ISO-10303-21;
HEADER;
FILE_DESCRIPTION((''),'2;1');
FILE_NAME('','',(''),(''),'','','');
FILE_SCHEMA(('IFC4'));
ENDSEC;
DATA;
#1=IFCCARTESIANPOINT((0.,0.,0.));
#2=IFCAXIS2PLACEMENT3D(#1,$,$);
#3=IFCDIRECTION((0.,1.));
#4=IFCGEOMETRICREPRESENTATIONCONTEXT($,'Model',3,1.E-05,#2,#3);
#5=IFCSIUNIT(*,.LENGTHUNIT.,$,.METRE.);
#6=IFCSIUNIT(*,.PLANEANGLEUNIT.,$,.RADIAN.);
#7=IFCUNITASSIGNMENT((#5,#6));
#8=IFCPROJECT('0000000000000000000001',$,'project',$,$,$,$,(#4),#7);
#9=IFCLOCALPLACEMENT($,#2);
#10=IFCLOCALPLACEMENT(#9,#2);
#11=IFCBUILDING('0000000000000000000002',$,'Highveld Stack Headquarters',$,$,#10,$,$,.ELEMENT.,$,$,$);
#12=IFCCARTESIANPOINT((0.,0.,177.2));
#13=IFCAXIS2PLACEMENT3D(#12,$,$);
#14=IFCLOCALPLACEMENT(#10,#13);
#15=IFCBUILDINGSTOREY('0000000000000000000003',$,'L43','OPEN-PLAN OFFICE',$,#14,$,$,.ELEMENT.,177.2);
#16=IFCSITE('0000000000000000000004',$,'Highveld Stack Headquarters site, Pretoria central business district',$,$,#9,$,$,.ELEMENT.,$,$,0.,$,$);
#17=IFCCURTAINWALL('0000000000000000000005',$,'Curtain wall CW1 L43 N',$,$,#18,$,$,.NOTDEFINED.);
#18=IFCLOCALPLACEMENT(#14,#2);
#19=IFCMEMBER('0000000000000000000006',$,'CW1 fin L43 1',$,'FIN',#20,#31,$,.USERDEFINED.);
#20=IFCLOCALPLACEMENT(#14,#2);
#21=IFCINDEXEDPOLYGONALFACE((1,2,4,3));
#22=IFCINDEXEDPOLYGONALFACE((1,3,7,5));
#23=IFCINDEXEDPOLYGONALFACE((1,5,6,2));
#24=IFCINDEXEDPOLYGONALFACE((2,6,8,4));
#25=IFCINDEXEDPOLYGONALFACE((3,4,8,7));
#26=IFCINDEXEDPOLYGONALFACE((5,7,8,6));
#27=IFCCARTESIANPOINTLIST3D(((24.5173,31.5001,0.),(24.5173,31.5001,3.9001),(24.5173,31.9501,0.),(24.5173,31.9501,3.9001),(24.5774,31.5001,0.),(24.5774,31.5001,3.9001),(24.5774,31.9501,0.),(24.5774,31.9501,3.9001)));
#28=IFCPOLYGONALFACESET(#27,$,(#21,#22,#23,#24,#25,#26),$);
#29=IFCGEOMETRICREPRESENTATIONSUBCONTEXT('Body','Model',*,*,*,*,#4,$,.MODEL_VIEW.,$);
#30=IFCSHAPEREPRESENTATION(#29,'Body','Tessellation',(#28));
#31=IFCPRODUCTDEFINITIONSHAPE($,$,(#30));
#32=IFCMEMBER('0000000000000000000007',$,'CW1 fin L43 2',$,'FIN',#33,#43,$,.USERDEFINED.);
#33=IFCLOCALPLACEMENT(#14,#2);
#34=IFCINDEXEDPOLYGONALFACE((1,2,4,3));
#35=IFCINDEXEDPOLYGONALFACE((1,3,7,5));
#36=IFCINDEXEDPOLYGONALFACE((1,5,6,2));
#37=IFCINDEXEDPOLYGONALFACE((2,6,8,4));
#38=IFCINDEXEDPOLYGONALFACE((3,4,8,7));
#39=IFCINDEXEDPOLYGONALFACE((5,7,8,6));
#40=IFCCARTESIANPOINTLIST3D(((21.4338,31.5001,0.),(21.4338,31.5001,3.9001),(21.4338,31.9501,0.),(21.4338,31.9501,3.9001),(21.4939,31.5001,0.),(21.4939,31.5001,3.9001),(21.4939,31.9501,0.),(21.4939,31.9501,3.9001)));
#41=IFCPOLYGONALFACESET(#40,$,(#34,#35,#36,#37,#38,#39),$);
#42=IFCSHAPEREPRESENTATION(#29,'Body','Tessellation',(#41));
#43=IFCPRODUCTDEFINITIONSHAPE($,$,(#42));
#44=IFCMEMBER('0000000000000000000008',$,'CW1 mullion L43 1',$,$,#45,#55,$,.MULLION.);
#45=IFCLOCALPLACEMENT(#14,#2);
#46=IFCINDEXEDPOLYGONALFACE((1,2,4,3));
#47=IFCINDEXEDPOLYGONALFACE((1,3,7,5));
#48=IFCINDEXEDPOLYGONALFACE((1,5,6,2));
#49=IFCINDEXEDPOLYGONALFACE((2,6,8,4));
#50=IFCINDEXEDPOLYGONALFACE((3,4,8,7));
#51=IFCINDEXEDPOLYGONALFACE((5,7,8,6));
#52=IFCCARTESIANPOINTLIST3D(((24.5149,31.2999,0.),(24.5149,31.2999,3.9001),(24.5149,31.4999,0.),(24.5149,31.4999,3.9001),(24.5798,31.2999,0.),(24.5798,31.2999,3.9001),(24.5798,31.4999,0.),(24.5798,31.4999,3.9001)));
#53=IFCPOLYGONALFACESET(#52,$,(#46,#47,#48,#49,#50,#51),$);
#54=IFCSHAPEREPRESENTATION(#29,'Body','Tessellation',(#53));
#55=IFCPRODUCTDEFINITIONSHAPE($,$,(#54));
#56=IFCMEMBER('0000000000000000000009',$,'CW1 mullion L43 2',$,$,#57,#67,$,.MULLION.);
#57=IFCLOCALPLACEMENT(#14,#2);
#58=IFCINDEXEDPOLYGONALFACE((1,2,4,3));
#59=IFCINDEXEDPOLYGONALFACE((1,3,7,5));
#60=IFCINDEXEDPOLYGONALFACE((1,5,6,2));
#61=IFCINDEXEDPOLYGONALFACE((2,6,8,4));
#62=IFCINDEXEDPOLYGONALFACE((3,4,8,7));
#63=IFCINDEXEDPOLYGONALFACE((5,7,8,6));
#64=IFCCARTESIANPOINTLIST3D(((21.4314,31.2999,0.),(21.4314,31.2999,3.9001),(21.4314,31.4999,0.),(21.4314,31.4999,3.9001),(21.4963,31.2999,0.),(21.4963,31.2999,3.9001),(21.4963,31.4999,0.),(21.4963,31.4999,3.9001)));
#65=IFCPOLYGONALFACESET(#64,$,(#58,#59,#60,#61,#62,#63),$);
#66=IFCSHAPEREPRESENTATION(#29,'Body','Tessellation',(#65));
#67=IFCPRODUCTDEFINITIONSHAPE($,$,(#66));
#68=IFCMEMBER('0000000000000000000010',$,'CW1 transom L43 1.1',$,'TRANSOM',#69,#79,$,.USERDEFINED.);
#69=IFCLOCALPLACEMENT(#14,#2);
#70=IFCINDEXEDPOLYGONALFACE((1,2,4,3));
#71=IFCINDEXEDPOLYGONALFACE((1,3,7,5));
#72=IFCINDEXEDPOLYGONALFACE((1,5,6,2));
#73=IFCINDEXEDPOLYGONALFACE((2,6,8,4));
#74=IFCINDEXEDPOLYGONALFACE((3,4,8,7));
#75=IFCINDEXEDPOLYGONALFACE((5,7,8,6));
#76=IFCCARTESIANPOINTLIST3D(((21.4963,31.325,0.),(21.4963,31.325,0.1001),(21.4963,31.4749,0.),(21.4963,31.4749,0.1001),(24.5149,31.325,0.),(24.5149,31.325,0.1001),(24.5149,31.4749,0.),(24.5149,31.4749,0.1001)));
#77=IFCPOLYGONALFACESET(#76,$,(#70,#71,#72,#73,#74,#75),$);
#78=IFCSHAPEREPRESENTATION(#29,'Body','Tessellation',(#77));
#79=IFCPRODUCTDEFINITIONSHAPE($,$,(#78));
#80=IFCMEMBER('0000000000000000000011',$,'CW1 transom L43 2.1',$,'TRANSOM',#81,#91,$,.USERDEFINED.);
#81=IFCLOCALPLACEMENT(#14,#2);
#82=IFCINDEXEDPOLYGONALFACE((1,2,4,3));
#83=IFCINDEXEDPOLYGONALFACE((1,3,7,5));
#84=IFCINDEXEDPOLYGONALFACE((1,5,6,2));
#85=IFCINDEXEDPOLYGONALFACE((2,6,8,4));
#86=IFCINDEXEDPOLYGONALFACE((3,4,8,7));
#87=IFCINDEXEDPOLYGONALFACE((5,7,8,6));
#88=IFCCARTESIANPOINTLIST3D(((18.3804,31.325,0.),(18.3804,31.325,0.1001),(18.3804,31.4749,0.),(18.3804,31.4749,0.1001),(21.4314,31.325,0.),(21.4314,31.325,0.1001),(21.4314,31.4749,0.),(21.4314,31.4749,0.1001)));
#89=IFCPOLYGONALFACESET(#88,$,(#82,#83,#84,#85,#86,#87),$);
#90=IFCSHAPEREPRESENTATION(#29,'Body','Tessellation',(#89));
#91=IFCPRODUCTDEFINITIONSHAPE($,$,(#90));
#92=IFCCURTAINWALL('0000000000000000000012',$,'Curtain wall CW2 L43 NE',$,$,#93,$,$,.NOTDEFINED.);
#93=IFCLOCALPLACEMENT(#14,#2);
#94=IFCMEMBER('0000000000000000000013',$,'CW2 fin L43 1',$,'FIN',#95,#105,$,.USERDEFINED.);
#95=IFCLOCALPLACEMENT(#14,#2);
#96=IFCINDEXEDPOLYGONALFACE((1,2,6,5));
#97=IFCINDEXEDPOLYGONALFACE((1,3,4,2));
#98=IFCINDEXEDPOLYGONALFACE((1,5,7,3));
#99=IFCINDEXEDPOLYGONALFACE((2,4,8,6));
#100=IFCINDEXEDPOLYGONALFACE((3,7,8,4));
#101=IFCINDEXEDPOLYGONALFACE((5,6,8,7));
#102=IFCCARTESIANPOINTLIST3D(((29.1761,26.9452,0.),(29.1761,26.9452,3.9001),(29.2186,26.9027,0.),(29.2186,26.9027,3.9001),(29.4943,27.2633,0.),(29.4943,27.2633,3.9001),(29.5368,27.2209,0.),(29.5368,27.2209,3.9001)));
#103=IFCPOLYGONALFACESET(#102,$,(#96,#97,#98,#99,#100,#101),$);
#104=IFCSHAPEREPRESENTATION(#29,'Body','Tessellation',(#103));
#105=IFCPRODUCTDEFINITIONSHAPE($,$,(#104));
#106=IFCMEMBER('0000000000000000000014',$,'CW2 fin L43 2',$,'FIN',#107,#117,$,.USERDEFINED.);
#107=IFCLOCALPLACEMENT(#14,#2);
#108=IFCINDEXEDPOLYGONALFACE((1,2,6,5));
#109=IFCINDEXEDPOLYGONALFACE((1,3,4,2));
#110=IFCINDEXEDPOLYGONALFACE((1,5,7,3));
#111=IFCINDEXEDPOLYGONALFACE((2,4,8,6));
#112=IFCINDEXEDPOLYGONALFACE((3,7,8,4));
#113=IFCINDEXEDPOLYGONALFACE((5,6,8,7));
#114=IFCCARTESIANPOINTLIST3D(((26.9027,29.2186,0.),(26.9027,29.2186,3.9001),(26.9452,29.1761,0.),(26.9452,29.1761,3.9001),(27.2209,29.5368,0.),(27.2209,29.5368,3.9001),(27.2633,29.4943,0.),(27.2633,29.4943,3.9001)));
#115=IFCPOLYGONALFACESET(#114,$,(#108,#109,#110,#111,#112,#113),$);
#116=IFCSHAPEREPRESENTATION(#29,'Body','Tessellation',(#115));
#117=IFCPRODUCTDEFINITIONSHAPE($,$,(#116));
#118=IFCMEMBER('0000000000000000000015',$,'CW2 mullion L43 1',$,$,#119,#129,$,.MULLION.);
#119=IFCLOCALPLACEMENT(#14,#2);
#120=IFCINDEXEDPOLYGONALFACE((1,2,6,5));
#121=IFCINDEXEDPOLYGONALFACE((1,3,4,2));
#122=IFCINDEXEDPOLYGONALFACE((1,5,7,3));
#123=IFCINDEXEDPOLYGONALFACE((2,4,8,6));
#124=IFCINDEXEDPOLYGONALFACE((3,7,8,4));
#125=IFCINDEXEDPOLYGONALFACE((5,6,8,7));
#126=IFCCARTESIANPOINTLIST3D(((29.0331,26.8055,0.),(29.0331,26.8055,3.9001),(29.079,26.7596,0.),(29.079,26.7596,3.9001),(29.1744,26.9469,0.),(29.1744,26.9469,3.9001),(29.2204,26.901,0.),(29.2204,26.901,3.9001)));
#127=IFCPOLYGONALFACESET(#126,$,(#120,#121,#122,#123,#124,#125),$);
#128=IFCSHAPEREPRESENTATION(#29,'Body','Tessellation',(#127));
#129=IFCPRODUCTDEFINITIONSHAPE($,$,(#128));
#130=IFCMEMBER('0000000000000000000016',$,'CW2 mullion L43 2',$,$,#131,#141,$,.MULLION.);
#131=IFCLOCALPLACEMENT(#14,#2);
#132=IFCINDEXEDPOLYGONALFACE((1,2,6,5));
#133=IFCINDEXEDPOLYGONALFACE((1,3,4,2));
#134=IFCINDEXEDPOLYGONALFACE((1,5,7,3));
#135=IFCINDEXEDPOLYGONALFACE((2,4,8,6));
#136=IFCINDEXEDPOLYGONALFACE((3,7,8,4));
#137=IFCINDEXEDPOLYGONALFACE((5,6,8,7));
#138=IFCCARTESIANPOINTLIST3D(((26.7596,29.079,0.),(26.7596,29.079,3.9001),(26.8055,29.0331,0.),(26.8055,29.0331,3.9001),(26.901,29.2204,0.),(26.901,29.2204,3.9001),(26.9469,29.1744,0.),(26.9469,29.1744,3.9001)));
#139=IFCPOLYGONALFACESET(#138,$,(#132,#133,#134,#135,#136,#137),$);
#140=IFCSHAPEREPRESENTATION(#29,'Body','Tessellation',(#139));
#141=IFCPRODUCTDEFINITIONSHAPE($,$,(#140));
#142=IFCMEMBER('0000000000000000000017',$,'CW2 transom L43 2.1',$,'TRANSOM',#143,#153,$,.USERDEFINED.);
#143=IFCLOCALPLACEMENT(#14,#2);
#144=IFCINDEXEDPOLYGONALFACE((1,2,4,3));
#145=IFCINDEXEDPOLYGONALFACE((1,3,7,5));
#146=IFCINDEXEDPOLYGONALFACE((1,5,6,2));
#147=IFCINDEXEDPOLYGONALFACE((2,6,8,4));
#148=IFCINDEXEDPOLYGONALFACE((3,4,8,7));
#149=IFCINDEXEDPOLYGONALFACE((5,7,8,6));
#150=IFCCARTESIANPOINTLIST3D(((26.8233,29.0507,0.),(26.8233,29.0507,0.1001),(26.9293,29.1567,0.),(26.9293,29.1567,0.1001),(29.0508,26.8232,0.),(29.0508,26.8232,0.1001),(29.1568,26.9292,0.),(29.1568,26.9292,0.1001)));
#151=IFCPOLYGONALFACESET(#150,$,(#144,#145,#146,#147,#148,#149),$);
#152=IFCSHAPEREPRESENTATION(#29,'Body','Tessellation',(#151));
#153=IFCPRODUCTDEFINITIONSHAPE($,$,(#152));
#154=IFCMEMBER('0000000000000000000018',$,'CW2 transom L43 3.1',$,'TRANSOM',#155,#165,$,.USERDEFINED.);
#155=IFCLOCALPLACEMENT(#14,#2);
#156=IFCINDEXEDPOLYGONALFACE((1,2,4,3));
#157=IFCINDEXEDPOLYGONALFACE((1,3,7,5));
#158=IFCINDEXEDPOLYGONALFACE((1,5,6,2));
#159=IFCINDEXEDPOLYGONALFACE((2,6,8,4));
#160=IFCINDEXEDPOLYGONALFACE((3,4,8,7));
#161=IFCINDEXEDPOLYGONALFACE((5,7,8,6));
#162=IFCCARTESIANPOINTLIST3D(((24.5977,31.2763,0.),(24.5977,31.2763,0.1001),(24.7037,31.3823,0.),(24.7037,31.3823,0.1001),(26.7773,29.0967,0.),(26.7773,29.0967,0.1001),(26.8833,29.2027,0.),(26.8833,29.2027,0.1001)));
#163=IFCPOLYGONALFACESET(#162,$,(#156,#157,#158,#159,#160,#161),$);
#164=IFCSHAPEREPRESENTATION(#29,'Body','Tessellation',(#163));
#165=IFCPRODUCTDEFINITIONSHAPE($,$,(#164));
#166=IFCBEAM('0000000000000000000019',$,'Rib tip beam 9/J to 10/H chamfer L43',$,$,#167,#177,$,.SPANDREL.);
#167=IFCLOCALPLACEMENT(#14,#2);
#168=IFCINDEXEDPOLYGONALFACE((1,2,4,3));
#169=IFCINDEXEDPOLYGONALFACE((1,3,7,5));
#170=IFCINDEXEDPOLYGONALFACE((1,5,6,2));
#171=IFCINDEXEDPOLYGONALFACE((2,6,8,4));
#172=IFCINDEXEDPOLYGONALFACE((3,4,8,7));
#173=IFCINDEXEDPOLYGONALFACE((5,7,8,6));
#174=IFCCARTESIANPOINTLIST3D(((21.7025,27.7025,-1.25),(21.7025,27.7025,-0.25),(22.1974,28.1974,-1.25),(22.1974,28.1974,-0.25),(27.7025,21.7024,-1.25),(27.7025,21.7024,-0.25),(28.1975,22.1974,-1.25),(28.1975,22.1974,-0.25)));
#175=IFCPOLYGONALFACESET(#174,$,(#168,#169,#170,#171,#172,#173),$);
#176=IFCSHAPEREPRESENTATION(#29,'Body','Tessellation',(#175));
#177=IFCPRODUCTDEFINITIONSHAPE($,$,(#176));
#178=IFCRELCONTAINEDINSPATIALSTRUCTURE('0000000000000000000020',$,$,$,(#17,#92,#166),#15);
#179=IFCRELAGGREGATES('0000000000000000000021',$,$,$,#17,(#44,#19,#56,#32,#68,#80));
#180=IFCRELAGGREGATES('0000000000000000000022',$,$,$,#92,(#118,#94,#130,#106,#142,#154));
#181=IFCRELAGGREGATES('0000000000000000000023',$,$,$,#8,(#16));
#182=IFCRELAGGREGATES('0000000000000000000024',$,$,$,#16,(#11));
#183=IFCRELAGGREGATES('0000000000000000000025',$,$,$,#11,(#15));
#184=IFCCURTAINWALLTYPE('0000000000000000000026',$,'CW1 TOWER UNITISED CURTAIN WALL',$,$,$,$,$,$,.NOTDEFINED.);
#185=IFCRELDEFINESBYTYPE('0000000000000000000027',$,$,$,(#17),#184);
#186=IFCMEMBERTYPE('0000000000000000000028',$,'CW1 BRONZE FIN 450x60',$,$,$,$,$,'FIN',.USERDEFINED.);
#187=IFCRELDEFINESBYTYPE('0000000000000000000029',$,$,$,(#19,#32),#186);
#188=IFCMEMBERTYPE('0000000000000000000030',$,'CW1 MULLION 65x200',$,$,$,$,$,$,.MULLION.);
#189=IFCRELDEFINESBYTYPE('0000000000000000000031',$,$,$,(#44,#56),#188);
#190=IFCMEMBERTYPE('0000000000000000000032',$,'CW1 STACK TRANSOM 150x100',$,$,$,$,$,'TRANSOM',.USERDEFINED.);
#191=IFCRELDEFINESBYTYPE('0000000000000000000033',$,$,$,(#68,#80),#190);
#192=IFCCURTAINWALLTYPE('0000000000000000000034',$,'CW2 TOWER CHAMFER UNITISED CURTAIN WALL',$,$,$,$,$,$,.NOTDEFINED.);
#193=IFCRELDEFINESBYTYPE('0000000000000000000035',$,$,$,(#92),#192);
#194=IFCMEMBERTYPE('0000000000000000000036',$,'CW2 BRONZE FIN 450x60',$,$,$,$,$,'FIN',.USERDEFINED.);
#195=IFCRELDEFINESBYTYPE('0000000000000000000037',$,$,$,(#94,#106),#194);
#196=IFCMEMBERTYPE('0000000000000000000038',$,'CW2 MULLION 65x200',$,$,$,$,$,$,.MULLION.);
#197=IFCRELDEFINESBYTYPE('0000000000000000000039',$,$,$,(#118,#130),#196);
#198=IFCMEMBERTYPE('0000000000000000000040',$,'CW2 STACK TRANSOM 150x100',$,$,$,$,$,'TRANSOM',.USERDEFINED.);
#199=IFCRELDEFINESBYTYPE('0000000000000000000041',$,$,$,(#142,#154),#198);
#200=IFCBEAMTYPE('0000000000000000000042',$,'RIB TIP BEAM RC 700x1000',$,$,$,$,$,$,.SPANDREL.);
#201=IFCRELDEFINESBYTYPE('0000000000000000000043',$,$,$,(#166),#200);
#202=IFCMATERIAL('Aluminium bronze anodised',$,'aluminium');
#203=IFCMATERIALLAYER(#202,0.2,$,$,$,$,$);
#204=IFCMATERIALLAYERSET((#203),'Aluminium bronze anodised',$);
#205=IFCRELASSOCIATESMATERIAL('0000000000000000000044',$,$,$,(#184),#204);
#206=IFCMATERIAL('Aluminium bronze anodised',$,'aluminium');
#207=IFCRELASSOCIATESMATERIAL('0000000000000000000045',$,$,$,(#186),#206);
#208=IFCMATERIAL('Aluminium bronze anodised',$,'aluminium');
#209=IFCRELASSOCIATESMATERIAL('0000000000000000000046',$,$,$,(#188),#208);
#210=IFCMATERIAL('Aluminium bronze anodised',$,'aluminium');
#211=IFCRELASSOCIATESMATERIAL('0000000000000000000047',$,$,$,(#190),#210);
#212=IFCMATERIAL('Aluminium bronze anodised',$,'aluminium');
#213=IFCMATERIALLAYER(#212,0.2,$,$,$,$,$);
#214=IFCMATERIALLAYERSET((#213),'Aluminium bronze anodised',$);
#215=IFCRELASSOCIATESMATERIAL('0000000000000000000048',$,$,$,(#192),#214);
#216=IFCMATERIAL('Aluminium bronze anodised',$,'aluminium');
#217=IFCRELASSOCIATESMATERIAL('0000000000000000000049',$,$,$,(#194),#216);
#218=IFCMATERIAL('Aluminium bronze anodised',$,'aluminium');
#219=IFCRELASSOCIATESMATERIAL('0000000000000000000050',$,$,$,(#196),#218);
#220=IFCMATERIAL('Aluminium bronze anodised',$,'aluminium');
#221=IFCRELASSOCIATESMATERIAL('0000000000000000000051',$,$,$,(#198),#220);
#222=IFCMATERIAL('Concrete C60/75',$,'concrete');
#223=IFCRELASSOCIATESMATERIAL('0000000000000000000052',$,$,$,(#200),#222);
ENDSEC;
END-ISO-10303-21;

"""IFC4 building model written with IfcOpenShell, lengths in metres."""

from ifc_helpers import new_model, si_unit, direction, frame, origin, origin_2d, place, context, subcontext, project, spatial, rectangle, extrude, material, layer, layer_set, material_profile, profile_set, type_object, element, aggregate, save


model = new_model("IFC4")

# Units and contexts
model_context = context("Model", 3, precision=1e-05, world=origin(), true_north=direction((0.0, 1.0)))
body_context = subcontext(model_context, "Body", "Model", "MODEL_VIEW")
ifc_project = project(units=[si_unit("LENGTHUNIT", "METRE"), si_unit("PLANEANGLEUNIT", "RADIAN")], contexts=[model_context])

# Site, building, storey
site_placement = place(None, origin())
site = spatial("IfcSite", under=ifc_project, at=site_placement, Name="Highveld Stack Headquarters site, Pretoria central business district", CompositionType="ELEMENT", RefElevation=0.0)
building_placement = place(site_placement, origin())
building = spatial("IfcBuilding", under=site, at=building_placement, Name="Highveld Stack Headquarters", CompositionType="ELEMENT")
storey_placement = place(building_placement, frame((0.0, 0.0, 177.2)))
storey = spatial("IfcBuildingStorey", under=building, at=storey_placement, Name="L43", Description="OPEN-PLAN OFFICE", CompositionType="ELEMENT", Elevation=177.2)

# Curtain walls, members
ifc_material_1 = material(Name="Aluminium bronze anodised", Category="aluminium")
ifc_layer_1 = layer(ifc_material_1, 0.2)
ifc_layer_set_1 = layer_set([ifc_layer_1], Name="Aluminium bronze anodised")
curtain_wall_type_1 = type_object("IfcCurtainWallType", Name="CW1 TOWER UNITISED CURTAIN WALL", PredefinedType="NOTDEFINED", material=ifc_layer_set_1)
curtain_wall_1_placement = place(storey_placement, origin())
curtain_wall_1 = element("IfcCurtainWall", 1, at=curtain_wall_1_placement, inside=storey, type_object=curtain_wall_type_1, Name="Curtain wall CW1 L43 N", PredefinedType="NOTDEFINED")
ifc_material_2 = material(Name="Aluminium bronze anodised", Category="aluminium")
ifc_material_profile_1 = material_profile(ifc_material_2, rectangle(XDim=0.45, YDim=0.0601, at=origin_2d()), Name="FIN 450x60")
ifc_profile_set_1 = profile_set([ifc_material_profile_1], Name="Aluminium bronze anodised")
member_type_1 = type_object("IfcMemberType", Name="CW1 BRONZE FIN 450x60", ElementType="FIN", PredefinedType="USERDEFINED", material=ifc_profile_set_1)
member_1_placement = place(storey_placement, frame((24.5474, 31.7251, 0.0), z_axis=(0.0, 0.0, 1.0), x_axis=(0.0, -1.0, 0.0)))
member_1 = element("IfcMember", 2, at=member_1_placement, type_object=member_type_1, Name="CW1 fin L43 1", ObjectType="FIN", PredefinedType="USERDEFINED", context=body_context, shape_type="SweptSolid", body=[
    extrude(rectangle(XDim=0.45, YDim=0.0601, at=origin_2d()), origin(), (0.0, 0.0, 1.0), 3.9001),
])
member_2_placement = place(storey_placement, frame((21.4639, 31.7251, 0.0), z_axis=(0.0, 0.0, 1.0), x_axis=(0.0, -1.0, 0.0)))
member_2 = element("IfcMember", 3, at=member_2_placement, type_object=member_type_1, Name="CW1 fin L43 2", ObjectType="FIN", PredefinedType="USERDEFINED", context=body_context, shape_type="SweptSolid", body=[
    extrude(rectangle(XDim=0.45, YDim=0.0601, at=origin_2d()), origin(), (0.0, 0.0, 1.0), 3.9001),
])
ifc_material_3 = material(Name="Aluminium bronze anodised", Category="aluminium")
ifc_material_profile_2 = material_profile(ifc_material_3, rectangle(XDim=0.2, YDim=0.0649, at=origin_2d()), Name="CW1 MULLION 65x200")
ifc_profile_set_2 = profile_set([ifc_material_profile_2], Name="Aluminium bronze anodised")
member_type_2 = type_object("IfcMemberType", Name="CW1 MULLION 65x200", PredefinedType="MULLION", material=ifc_profile_set_2)
member_3_placement = place(storey_placement, frame((24.5474, 31.3999, 0.0), z_axis=(0.0, 0.0, 1.0), x_axis=(0.0, -1.0, 0.0)))
member_3 = element("IfcMember", 4, at=member_3_placement, type_object=member_type_2, Name="CW1 mullion L43 1", PredefinedType="MULLION", context=body_context, shape_type="SweptSolid", body=[
    extrude(rectangle(XDim=0.2, YDim=0.0649, at=origin_2d()), origin(), (0.0, 0.0, 1.0), 3.9001),
])
member_4_placement = place(storey_placement, frame((21.4639, 31.3999, 0.0), z_axis=(0.0, 0.0, 1.0), x_axis=(0.0, -1.0, 0.0)))
member_4 = element("IfcMember", 5, at=member_4_placement, type_object=member_type_2, Name="CW1 mullion L43 2", PredefinedType="MULLION", context=body_context, shape_type="SweptSolid", body=[
    extrude(rectangle(XDim=0.2, YDim=0.0649, at=origin_2d()), origin(), (0.0, 0.0, 1.0), 3.9001),
])
ifc_material_4 = material(Name="Aluminium bronze anodised", Category="aluminium")
ifc_material_profile_3 = material_profile(ifc_material_4, rectangle(XDim=0.1499, YDim=0.1001, at=origin_2d()), Name="CW1 TRANSOM 150x100")
ifc_profile_set_3 = profile_set([ifc_material_profile_3], Name="Aluminium bronze anodised")
member_type_3 = type_object("IfcMemberType", Name="CW1 STACK TRANSOM 150x100", ElementType="TRANSOM", PredefinedType="USERDEFINED", material=ifc_profile_set_3)
member_5_placement = place(storey_placement, frame((24.5149, 31.3999, 0.05), z_axis=(-1.0, 0.0, 0.0), x_axis=(0.0, -1.0, 0.0)))
member_5 = element("IfcMember", 6, at=member_5_placement, type_object=member_type_3, Name="CW1 transom L43 1.1", ObjectType="TRANSOM", PredefinedType="USERDEFINED", context=body_context, shape_type="SweptSolid", body=[
    extrude(rectangle(XDim=0.1499, YDim=0.1001, at=origin_2d()), origin(), (0.0, 0.0, 1.0), 3.0186),
])
member_6_placement = place(storey_placement, frame((21.4314, 31.3999, 0.05), z_axis=(-1.0, 0.0, 0.0), x_axis=(0.0, -1.0, 0.0)))
member_6 = element("IfcMember", 7, at=member_6_placement, type_object=member_type_3, Name="CW1 transom L43 2.1", ObjectType="TRANSOM", PredefinedType="USERDEFINED", context=body_context, shape_type="SweptSolid", body=[
    extrude(rectangle(XDim=0.1499, YDim=0.1001, at=origin_2d()), origin(), (0.0, 0.0, 1.0), 3.051),
])
ifc_material_5 = material(Name="Aluminium bronze anodised", Category="aluminium")
ifc_layer_2 = layer(ifc_material_5, 0.2)
ifc_layer_set_2 = layer_set([ifc_layer_2], Name="Aluminium bronze anodised")
curtain_wall_type_2 = type_object("IfcCurtainWallType", Name="CW2 TOWER CHAMFER UNITISED CURTAIN WALL", PredefinedType="NOTDEFINED", material=ifc_layer_set_2)
curtain_wall_2_placement = place(storey_placement, origin())
curtain_wall_2 = element("IfcCurtainWall", 8, at=curtain_wall_2_placement, inside=storey, type_object=curtain_wall_type_2, Name="Curtain wall CW2 L43 NE", PredefinedType="NOTDEFINED")
ifc_material_6 = material(Name="Aluminium bronze anodised", Category="aluminium")
ifc_material_profile_4 = material_profile(ifc_material_6, rectangle(XDim=0.45, YDim=0.0601, at=origin_2d()), Name="FIN 450x60")
ifc_profile_set_4 = profile_set([ifc_material_profile_4], Name="Aluminium bronze anodised")
member_type_4 = type_object("IfcMemberType", Name="CW2 BRONZE FIN 450x60", ElementType="FIN", PredefinedType="USERDEFINED", material=ifc_profile_set_4)
member_7_placement = place(storey_placement, frame((29.3564, 27.083, 0.0), z_axis=(0.0, 0.0, 1.0), x_axis=(-0.707107, -0.707107, 0.0)))
member_7 = element("IfcMember", 9, at=member_7_placement, type_object=member_type_4, Name="CW2 fin L43 1", ObjectType="FIN", PredefinedType="USERDEFINED", context=body_context, shape_type="SweptSolid", body=[
    extrude(rectangle(XDim=0.45, YDim=0.0601, at=origin_2d()), origin(), (0.0, 0.0, 1.0), 3.9001),
])
member_8_placement = place(storey_placement, frame((27.083, 29.3564, 0.0), z_axis=(0.0, 0.0, 1.0), x_axis=(-0.707107, -0.707107, 0.0)))
member_8 = element("IfcMember", 10, at=member_8_placement, type_object=member_type_4, Name="CW2 fin L43 2", ObjectType="FIN", PredefinedType="USERDEFINED", context=body_context, shape_type="SweptSolid", body=[
    extrude(rectangle(XDim=0.45, YDim=0.0601, at=origin_2d()), origin(), (0.0, 0.0, 1.0), 3.9001),
])
ifc_material_7 = material(Name="Aluminium bronze anodised", Category="aluminium")
ifc_material_profile_5 = material_profile(ifc_material_7, rectangle(XDim=0.2, YDim=0.0649, at=origin_2d()), Name="CW2 MULLION 65x200")
ifc_profile_set_5 = profile_set([ifc_material_profile_5], Name="Aluminium bronze anodised")
member_type_5 = type_object("IfcMemberType", Name="CW2 MULLION 65x200", PredefinedType="MULLION", material=ifc_profile_set_5)
member_9_placement = place(storey_placement, frame((29.1267, 26.8533, 0.0), z_axis=(0.0, 0.0, 1.0), x_axis=(-0.707107, -0.707107, 0.0)))
member_9 = element("IfcMember", 11, at=member_9_placement, type_object=member_type_5, Name="CW2 mullion L43 1", PredefinedType="MULLION", context=body_context, shape_type="SweptSolid", body=[
    extrude(rectangle(XDim=0.2, YDim=0.0649, at=origin_2d()), origin(), (0.0, 0.0, 1.0), 3.9001),
])
member_10_placement = place(storey_placement, frame((26.8533, 29.1267, 0.0), z_axis=(0.0, 0.0, 1.0), x_axis=(-0.707107, -0.707107, 0.0)))
member_10 = element("IfcMember", 12, at=member_10_placement, type_object=member_type_5, Name="CW2 mullion L43 2", PredefinedType="MULLION", context=body_context, shape_type="SweptSolid", body=[
    extrude(rectangle(XDim=0.2, YDim=0.0649, at=origin_2d()), origin(), (0.0, 0.0, 1.0), 3.9001),
])
ifc_material_8 = material(Name="Aluminium bronze anodised", Category="aluminium")
ifc_material_profile_6 = material_profile(ifc_material_8, rectangle(XDim=0.1499, YDim=0.1001, at=origin_2d()), Name="CW2 TRANSOM 150x100")
ifc_profile_set_6 = profile_set([ifc_material_profile_6], Name="Aluminium bronze anodised")
member_type_6 = type_object("IfcMemberType", Name="CW2 STACK TRANSOM 150x100", ElementType="TRANSOM", PredefinedType="USERDEFINED", material=ifc_profile_set_6)
member_11_placement = place(storey_placement, frame((29.1038, 26.8762, 0.05), z_axis=(-0.707107, 0.707107, 0.0), x_axis=(-0.707107, -0.707107, 0.0)))
member_11 = element("IfcMember", 13, at=member_11_placement, type_object=member_type_6, Name="CW2 transom L43 2.1", ObjectType="TRANSOM", PredefinedType="USERDEFINED", context=body_context, shape_type="SweptSolid", body=[
    extrude(rectangle(XDim=0.1499, YDim=0.1001, at=origin_2d()), origin(), (0.0, 0.0, 1.0), 3.1501),
])
member_12_placement = place(storey_placement, frame((26.8303, 29.1497, 0.05), z_axis=(-0.707107, 0.707107, 0.0), x_axis=(-0.707107, -0.707107, 0.0)))
member_12 = element("IfcMember", 14, at=member_12_placement, type_object=member_type_6, Name="CW2 transom L43 3.1", ObjectType="TRANSOM", PredefinedType="USERDEFINED", context=body_context, shape_type="SweptSolid", body=[
    extrude(rectangle(XDim=0.1499, YDim=0.1001, at=origin_2d()), origin(), (0.0, 0.0, 1.0), 3.0825),
])

# Beam
ifc_material_9 = material(Name="Concrete C60/75", Category="concrete")
ifc_material_profile_7 = material_profile(ifc_material_9, rectangle(XDim=0.7, YDim=1.0, at=origin_2d()), Name="RC 700x1000")
ifc_profile_set_7 = profile_set([ifc_material_profile_7], Name="Concrete C60/75")
beam_type = type_object("IfcBeamType", Name="RIB TIP BEAM RC 700x1000", PredefinedType="SPANDREL", material=ifc_profile_set_7)
for number, where, z_axis, x_axis, name in (
    (15, (21.95, 27.95, -0.75), (0.707107, -0.707107, 0.0), (0.707107, 0.707107, 0.0), "Rib tip beam 9/J to 10/H chamfer L43"),
):
    element("IfcBeam", number, at=place(storey_placement, frame(where, z_axis=z_axis, x_axis=x_axis)), inside=storey, type_object=beam_type, Name=name, PredefinedType="SPANDREL", context=body_context, shape_type="SweptSolid", body=[
        extrude(rectangle(XDim=0.7, YDim=1.0, at=origin_2d()), origin(), (0.0, 0.0, 1.0), 8.4854),
    ])

aggregate(curtain_wall_1, [member_3, member_1, member_4, member_2, member_5, member_6])
aggregate(curtain_wall_2, [member_9, member_7, member_10, member_8, member_11, member_12])

save(model, "model.ifc")
